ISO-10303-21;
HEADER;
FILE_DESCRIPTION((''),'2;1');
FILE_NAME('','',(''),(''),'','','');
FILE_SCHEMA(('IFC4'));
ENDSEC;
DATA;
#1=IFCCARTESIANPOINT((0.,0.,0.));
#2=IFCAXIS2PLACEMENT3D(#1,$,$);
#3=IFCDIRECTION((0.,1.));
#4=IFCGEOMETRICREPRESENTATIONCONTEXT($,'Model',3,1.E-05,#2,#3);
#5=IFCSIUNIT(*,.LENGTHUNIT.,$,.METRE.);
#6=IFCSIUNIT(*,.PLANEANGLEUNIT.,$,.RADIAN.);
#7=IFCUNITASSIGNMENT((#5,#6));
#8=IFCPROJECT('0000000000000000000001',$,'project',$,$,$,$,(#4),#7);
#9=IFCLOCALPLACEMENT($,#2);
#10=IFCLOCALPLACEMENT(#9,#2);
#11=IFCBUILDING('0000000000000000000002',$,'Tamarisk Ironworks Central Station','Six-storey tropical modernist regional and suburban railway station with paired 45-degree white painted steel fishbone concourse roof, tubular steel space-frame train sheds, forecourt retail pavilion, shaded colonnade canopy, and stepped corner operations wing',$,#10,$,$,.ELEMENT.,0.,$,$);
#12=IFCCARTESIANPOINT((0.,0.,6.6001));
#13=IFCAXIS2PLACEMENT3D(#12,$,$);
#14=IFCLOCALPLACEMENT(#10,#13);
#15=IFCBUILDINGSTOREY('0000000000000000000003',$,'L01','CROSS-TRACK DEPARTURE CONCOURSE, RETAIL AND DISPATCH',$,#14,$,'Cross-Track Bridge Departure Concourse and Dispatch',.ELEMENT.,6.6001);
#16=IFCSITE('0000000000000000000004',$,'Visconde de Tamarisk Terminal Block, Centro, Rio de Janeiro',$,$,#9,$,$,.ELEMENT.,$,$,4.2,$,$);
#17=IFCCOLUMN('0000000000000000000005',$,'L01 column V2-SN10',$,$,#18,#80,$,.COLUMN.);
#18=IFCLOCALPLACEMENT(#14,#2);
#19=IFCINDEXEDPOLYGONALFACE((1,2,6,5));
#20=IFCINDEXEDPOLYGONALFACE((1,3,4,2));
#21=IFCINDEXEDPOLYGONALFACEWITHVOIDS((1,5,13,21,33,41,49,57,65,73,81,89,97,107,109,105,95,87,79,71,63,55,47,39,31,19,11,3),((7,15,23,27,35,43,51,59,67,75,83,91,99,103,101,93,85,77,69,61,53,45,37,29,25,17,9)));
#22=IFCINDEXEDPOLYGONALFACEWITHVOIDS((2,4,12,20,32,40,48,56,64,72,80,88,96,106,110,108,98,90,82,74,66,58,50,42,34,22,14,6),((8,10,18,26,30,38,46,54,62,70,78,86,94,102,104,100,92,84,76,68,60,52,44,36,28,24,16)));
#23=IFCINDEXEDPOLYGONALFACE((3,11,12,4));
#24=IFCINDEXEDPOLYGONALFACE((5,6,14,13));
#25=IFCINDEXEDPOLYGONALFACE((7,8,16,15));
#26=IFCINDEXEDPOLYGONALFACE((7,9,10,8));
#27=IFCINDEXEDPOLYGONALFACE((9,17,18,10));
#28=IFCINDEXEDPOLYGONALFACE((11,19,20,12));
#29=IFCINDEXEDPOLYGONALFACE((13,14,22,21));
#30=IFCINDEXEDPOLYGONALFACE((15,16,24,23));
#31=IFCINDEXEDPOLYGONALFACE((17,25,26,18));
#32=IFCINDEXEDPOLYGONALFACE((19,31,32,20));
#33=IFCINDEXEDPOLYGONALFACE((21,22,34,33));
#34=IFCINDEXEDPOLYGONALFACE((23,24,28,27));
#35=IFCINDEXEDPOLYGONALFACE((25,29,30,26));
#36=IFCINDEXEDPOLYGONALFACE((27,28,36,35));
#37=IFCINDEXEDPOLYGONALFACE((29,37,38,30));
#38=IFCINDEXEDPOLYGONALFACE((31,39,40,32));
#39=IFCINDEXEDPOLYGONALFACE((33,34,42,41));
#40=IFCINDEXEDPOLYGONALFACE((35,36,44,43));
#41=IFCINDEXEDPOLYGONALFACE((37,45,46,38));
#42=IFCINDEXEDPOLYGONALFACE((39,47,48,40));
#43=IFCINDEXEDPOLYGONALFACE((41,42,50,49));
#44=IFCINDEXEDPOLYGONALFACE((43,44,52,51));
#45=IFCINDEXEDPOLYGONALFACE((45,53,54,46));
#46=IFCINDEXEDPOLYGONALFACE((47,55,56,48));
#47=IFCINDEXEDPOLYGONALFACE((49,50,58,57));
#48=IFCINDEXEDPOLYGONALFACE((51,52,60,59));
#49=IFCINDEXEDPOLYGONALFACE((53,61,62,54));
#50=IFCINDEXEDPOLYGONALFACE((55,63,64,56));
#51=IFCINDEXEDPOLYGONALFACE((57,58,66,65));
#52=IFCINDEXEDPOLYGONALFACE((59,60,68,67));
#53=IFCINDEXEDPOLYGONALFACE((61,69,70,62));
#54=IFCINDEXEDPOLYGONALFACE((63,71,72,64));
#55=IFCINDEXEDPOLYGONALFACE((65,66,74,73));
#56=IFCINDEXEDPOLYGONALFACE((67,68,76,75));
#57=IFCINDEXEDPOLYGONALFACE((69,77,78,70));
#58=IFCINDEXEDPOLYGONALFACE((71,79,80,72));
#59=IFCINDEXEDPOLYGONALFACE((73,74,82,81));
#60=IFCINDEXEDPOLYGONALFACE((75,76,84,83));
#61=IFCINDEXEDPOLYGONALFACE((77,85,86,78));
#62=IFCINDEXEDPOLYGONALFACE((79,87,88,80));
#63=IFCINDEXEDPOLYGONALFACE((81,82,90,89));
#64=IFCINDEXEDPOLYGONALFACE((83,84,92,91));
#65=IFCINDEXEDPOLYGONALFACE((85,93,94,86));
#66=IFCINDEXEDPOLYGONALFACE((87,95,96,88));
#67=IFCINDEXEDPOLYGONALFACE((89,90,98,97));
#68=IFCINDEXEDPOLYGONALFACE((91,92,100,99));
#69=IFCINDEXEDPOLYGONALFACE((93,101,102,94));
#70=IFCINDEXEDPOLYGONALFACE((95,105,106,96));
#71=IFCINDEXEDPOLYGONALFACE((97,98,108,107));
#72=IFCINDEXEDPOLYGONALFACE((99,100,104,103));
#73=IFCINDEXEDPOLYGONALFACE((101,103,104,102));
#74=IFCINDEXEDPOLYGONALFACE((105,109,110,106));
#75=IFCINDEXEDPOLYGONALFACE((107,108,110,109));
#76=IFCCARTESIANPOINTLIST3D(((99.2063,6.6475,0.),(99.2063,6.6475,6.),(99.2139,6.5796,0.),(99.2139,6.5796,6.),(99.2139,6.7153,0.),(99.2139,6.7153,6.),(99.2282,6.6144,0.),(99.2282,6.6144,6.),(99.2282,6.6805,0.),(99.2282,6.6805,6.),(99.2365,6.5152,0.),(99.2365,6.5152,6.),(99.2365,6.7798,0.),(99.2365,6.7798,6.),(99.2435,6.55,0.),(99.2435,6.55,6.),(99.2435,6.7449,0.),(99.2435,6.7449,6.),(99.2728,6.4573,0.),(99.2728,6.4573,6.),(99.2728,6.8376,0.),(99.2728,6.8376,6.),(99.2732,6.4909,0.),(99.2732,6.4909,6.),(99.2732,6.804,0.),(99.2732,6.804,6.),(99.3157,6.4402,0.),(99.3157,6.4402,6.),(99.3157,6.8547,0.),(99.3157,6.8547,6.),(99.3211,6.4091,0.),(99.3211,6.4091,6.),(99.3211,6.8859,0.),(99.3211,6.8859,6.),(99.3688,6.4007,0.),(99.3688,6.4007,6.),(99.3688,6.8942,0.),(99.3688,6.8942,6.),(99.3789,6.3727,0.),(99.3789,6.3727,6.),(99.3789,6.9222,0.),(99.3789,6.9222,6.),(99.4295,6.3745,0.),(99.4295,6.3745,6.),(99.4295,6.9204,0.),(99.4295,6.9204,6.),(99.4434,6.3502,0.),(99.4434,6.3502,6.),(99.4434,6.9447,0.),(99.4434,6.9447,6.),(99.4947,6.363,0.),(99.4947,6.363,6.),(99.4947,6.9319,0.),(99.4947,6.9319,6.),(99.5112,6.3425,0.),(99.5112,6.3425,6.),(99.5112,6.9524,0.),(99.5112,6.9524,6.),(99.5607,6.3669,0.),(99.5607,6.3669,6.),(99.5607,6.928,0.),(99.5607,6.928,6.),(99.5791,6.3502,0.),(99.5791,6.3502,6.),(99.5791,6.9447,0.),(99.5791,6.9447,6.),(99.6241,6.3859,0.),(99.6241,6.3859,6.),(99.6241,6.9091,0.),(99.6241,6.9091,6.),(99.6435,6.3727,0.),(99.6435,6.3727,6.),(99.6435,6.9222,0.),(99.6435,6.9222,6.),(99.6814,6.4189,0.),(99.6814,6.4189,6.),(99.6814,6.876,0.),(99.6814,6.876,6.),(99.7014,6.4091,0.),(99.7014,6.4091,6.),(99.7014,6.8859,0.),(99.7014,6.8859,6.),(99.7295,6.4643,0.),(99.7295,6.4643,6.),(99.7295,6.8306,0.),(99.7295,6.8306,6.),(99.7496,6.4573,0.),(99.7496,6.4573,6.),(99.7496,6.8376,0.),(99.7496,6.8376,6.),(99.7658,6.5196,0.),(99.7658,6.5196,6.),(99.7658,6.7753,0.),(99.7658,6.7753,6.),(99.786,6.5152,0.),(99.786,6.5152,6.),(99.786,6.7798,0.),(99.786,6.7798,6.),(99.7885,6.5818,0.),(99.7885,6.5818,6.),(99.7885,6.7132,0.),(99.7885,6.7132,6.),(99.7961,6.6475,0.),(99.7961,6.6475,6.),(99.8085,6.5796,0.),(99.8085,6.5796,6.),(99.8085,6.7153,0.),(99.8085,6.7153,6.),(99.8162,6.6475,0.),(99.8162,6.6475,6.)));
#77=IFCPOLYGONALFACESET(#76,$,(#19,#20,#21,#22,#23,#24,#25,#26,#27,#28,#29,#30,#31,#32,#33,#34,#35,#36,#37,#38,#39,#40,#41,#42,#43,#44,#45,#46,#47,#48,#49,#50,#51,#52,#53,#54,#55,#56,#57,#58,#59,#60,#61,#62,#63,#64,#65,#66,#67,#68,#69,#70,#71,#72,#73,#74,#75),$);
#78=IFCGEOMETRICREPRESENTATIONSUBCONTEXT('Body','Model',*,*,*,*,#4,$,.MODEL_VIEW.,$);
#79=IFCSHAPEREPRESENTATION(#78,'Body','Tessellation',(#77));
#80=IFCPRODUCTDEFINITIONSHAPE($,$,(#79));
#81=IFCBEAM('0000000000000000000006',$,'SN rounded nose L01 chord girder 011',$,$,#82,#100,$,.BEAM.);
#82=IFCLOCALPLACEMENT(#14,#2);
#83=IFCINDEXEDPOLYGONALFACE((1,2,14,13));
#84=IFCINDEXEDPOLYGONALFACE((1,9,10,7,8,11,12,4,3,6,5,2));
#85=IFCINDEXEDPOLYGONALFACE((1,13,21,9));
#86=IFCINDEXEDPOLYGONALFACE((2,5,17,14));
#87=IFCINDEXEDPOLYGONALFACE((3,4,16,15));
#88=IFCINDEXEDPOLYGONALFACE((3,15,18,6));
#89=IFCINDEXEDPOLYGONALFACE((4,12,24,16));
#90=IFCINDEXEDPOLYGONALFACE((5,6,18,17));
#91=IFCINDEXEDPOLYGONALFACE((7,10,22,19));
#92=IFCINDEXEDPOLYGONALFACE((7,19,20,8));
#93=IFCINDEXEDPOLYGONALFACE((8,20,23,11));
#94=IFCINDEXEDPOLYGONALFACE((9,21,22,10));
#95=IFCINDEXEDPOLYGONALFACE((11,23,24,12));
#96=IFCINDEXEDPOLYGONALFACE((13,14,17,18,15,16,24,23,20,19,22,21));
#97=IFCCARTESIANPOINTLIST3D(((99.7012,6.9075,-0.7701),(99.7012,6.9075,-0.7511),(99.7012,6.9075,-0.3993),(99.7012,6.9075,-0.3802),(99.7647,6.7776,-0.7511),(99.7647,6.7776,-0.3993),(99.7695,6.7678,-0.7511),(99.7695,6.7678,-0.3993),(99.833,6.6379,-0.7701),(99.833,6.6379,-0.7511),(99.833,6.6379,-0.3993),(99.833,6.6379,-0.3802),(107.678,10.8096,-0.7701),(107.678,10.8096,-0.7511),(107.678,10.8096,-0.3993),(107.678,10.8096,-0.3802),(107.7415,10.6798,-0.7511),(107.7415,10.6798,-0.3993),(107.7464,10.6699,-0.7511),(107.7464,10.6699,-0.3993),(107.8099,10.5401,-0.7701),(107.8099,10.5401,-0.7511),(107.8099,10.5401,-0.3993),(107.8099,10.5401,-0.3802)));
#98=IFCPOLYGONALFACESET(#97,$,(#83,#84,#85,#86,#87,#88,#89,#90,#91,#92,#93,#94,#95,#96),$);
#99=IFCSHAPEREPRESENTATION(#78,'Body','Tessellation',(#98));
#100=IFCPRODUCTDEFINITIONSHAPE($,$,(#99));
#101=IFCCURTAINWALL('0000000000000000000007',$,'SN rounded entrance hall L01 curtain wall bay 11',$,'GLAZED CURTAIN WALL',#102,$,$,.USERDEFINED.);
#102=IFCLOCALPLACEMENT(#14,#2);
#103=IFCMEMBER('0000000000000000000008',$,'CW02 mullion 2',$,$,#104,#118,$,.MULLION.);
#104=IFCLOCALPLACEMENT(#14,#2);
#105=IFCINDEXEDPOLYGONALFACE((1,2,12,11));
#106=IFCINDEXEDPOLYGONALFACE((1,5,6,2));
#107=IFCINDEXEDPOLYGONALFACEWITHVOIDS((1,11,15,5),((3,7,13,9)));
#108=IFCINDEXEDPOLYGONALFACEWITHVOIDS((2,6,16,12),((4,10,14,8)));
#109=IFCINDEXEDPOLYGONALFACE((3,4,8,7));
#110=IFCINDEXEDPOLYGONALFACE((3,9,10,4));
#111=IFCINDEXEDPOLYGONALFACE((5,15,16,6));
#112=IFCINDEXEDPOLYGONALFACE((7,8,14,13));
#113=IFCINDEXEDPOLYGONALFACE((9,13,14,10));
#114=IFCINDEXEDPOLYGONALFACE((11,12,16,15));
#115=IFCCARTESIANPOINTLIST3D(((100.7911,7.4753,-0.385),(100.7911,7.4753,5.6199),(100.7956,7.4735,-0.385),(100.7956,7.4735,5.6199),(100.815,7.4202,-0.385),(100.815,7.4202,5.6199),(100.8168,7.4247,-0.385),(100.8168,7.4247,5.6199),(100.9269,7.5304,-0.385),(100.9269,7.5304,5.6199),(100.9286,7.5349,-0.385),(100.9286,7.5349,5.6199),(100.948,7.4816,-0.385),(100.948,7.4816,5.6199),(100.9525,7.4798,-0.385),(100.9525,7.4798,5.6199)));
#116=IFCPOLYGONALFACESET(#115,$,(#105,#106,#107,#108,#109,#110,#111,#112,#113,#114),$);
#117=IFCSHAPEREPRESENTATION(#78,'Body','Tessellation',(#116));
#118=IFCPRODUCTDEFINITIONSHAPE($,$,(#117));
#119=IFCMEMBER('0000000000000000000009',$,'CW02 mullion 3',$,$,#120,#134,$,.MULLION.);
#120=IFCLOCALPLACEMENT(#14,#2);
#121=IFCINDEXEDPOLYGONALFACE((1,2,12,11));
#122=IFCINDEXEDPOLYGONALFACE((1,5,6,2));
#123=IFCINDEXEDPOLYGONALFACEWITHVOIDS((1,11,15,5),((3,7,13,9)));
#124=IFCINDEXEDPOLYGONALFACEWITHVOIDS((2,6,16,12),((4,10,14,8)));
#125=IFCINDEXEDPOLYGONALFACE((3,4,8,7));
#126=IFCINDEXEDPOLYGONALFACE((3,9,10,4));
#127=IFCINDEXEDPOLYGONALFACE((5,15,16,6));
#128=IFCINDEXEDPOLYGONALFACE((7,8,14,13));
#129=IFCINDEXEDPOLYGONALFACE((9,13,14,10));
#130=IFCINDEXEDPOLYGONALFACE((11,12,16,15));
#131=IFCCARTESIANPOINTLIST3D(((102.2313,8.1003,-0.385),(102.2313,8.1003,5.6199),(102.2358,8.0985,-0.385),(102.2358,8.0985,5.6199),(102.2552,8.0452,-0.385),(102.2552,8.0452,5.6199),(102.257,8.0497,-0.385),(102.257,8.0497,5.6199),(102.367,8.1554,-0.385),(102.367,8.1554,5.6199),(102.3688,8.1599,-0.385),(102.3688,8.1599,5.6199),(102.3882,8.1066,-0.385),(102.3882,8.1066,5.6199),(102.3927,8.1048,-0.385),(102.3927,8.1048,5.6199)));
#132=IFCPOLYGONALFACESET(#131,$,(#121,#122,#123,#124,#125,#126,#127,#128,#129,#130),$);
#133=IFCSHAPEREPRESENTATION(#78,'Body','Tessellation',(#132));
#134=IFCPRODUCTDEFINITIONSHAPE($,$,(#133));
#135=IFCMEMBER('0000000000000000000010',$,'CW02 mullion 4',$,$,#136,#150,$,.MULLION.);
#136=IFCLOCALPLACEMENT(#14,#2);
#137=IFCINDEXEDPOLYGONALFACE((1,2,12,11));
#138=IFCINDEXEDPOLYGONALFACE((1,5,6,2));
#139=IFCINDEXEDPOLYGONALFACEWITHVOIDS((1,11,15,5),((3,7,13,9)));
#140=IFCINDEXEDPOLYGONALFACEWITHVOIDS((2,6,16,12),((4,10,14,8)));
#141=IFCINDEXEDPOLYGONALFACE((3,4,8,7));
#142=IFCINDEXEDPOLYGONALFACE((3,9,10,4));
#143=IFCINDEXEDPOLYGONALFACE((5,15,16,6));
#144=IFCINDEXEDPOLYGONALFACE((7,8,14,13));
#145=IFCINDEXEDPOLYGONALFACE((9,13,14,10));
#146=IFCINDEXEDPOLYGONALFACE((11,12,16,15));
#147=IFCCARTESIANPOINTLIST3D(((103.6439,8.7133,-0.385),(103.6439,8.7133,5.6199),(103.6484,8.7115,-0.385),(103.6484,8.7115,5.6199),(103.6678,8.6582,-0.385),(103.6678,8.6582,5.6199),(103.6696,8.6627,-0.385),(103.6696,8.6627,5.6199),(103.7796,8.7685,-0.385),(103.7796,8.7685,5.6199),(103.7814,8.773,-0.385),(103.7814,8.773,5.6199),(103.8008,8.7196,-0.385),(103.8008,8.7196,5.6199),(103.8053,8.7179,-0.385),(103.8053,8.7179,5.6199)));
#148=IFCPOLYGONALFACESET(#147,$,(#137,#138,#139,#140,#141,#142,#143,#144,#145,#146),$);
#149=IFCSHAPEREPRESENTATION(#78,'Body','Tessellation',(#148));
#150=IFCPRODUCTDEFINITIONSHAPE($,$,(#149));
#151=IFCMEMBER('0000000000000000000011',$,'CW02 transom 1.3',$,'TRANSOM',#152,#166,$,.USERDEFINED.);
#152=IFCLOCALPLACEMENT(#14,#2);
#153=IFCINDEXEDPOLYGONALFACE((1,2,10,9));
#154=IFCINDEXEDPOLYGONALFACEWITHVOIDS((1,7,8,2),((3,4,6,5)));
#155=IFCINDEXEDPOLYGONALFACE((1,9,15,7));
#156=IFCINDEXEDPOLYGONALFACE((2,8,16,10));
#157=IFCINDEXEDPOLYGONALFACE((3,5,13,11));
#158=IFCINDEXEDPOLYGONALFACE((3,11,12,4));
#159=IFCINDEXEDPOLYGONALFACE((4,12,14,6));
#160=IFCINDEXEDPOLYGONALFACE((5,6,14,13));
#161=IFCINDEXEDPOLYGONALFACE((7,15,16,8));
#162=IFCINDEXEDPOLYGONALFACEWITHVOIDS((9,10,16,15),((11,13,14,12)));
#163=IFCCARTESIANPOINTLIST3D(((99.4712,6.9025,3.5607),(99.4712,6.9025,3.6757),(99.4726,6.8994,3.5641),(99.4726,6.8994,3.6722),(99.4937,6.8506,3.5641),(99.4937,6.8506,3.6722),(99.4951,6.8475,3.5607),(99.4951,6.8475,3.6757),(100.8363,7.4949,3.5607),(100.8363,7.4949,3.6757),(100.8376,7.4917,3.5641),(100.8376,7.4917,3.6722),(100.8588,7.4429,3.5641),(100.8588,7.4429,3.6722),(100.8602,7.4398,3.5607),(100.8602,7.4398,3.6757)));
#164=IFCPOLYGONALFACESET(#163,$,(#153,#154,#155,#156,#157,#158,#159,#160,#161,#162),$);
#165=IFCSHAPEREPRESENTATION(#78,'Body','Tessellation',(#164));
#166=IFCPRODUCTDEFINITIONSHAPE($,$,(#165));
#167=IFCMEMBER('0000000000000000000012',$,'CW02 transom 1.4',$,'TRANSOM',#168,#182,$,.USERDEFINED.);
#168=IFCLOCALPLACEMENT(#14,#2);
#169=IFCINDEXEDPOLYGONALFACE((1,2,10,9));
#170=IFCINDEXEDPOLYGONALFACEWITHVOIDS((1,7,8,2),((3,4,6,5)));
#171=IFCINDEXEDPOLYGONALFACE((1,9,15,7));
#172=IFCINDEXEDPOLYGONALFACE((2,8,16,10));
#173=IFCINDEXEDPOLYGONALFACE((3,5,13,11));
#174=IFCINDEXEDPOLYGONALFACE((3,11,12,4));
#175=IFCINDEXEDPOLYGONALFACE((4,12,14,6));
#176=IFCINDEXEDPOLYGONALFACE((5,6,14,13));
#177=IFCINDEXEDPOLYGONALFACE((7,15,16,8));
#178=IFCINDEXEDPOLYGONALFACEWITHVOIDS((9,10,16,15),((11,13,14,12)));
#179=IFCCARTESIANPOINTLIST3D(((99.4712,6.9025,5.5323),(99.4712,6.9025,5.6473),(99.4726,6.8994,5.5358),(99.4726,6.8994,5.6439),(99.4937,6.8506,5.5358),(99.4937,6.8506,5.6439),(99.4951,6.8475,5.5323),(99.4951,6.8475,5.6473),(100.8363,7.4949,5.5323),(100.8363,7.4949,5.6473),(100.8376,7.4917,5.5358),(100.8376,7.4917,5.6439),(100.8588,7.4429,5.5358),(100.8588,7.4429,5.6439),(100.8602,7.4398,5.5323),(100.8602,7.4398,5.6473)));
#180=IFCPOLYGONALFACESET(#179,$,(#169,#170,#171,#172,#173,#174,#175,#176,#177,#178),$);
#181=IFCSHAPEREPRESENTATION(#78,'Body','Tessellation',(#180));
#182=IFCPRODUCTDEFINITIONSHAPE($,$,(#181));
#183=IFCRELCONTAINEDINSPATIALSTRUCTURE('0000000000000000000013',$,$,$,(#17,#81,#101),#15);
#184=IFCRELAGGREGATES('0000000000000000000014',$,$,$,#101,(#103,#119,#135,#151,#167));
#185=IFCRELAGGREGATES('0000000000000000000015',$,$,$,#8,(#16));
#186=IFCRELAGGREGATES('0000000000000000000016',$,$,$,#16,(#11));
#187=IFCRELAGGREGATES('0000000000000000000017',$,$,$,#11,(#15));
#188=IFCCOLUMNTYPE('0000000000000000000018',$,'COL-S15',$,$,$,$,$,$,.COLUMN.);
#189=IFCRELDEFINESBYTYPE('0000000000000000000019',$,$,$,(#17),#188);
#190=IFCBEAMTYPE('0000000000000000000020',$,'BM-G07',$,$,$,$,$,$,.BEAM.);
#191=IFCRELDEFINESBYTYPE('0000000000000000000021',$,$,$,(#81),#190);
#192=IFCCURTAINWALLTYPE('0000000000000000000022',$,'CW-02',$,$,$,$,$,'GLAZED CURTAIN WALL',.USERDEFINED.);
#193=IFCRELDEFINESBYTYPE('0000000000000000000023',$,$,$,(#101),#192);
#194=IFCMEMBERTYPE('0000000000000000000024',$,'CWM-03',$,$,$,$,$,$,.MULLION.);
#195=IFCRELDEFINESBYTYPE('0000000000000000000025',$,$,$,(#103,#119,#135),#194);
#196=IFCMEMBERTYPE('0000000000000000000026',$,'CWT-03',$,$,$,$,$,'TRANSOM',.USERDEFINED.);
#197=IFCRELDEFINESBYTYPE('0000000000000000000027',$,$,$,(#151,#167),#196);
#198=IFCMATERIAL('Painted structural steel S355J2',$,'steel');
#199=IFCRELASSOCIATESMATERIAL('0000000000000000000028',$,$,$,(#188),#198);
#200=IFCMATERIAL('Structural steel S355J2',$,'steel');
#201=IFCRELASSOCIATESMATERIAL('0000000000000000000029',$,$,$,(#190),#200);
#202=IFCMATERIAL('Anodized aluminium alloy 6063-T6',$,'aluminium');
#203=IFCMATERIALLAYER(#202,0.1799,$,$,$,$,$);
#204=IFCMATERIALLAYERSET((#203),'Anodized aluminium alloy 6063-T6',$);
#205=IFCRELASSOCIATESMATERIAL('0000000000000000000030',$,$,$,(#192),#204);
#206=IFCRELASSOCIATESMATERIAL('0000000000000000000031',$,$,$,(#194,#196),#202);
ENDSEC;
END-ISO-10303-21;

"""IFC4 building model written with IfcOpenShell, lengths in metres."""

from ifc_helpers import new_model, si_unit, direction, frame, origin, origin_2d, place, context, subcontext, project, spatial, hollow_rectangle, hollow_circle, i_section, extrude, material, layer, layer_set, material_profile, profile_set, type_object, element, aggregate, save


model = new_model("IFC4")

# Units and contexts
model_context = context("Model", 3, precision=1e-05, world=origin(), true_north=direction((0.0, 1.0)))
body_context = subcontext(model_context, "Body", "Model", "MODEL_VIEW")
ifc_project = project(units=[si_unit("LENGTHUNIT", "METRE"), si_unit("PLANEANGLEUNIT", "RADIAN")], contexts=[model_context])

# Site, building, storey
site_placement = place(None, origin())
site = spatial("IfcSite", under=ifc_project, at=site_placement, Name="Visconde de Tamarisk Terminal Block, Centro, Rio de Janeiro", CompositionType="ELEMENT", RefElevation=4.2)
building_placement = place(site_placement, origin())
building = spatial("IfcBuilding", under=site, at=building_placement, Name="Tamarisk Ironworks Central Station", Description="Six-storey tropical modernist regional and suburban railway station with paired 45-degree white painted steel fishbone concourse roof, tubular steel space-frame train sheds, forecourt retail pavilion, shaded colonnade canopy, and stepped corner operations wing", CompositionType="ELEMENT", ElevationOfRefHeight=0.0)
storey_placement = place(building_placement, frame((0.0, 0.0, 6.6001)))
storey = spatial("IfcBuildingStorey", under=building, at=storey_placement, Name="L01", Description="CROSS-TRACK DEPARTURE CONCOURSE, RETAIL AND DISPATCH", LongName="Cross-Track Bridge Departure Concourse and Dispatch", CompositionType="ELEMENT", Elevation=6.6001)

# Column
ifc_material_1 = material(Name="Painted structural steel S355J2", Category="steel")
ifc_material_profile_1 = material_profile(ifc_material_1, hollow_circle(Radius=0.3049, WallThickness=0.02, at=origin_2d()), Name="CHS 610x20")
ifc_profile_set_1 = profile_set([ifc_material_profile_1], Name="Painted structural steel S355J2")
column_type = type_object("IfcColumnType", Name="COL-S15", PredefinedType="COLUMN", material=ifc_profile_set_1)
column_placement = place(storey_placement, frame((99.5112, 6.6475, 0.0), z_axis=(0.0, 0.0, 1.0), x_axis=(1.0, 0.0, 0.0)))
element("IfcColumn", 1, at=column_placement, inside=storey, type_object=column_type, Name="L01 column V2-SN10", PredefinedType="COLUMN", context=body_context, shape_type="SweptSolid", body=[
    extrude(hollow_circle(Radius=0.3049, WallThickness=0.02, at=origin_2d()), origin(), (0.0, 0.0, 1.0), 6.0),
])

# Beam
ifc_material_2 = material(Name="Structural steel S355J2", Category="steel")
ifc_material_profile_2 = material_profile(ifc_material_2, i_section(OverallWidth=0.3, OverallDepth=0.3899, WebThickness=0.011, FlangeThickness=0.019, at=origin_2d()), Name="HEA 400")
ifc_profile_set_2 = profile_set([ifc_material_profile_2], Name="Structural steel S355J2")
beam_type = type_object("IfcBeamType", Name="BM-G07", PredefinedType="BEAM", material=ifc_profile_set_2)
beam_placement = place(storey_placement, frame((99.7671, 6.7727, -0.5752), z_axis=(0.898281, 0.439422, 0.0), x_axis=(-0.439422, 0.898281, 0.0)))
element("IfcBeam", 2, at=beam_placement, inside=storey, type_object=beam_type, Name="SN rounded nose L01 chord girder 011", PredefinedType="BEAM", context=body_context, shape_type="SweptSolid", body=[
    extrude(i_section(OverallWidth=0.3, OverallDepth=0.3899, WebThickness=0.011, FlangeThickness=0.019, at=origin_2d()), origin(), (0.0, 0.0, 1.0), 8.8801),
])

# Curtain wall, members
ifc_material_3 = material(Name="Anodized aluminium alloy 6063-T6", Category="aluminium")
ifc_layer_1 = layer(ifc_material_3, 0.1799)
ifc_layer_set_1 = layer_set([ifc_layer_1], Name="Anodized aluminium alloy 6063-T6")
curtain_wall_type = type_object("IfcCurtainWallType", Name="CW-02", ElementType="GLAZED CURTAIN WALL", PredefinedType="USERDEFINED", material=ifc_layer_set_1)
curtain_wall_placement = place(storey_placement, origin())
curtain_wall = element("IfcCurtainWall", 3, at=curtain_wall_placement, inside=storey, type_object=curtain_wall_type, Name="SN rounded entrance hall L01 curtain wall bay 11", ObjectType="GLAZED CURTAIN WALL", PredefinedType="USERDEFINED")
ifc_material_profile_3 = material_profile(ifc_material_3, hollow_rectangle(XDim=0.0601, YDim=0.1499, WallThickness=0.0034, at=origin_2d()), Name="ALUM 150x60")
ifc_profile_set_3 = profile_set([ifc_material_profile_3], Name="Anodized aluminium alloy 6063-T6")
member_type_1 = type_object("IfcMemberType", Name="CWM-03", PredefinedType="MULLION", material=ifc_profile_set_3)
member_1_placement = place(storey_placement, frame((100.8718, 7.4775, -0.385), z_axis=(0.0, 0.0, 1.0), x_axis=(-0.398077, 0.917352, 0.0)))
member_1 = element("IfcMember", 4, at=member_1_placement, type_object=member_type_1, Name="CW02 mullion 2", PredefinedType="MULLION", context=body_context, shape_type="SweptSolid", body=[
    extrude(hollow_rectangle(XDim=0.0601, YDim=0.1499, WallThickness=0.0034, at=origin_2d()), origin(), (0.0, 0.0, 1.0), 6.0049),
])
member_2_placement = place(storey_placement, frame((102.312, 8.1025, -0.385), z_axis=(0.0, 0.0, 1.0), x_axis=(-0.398077, 0.917352, 0.0)))
member_2 = element("IfcMember", 5, at=member_2_placement, type_object=member_type_1, Name="CW02 mullion 3", PredefinedType="MULLION", context=body_context, shape_type="SweptSolid", body=[
    extrude(hollow_rectangle(XDim=0.0601, YDim=0.1499, WallThickness=0.0034, at=origin_2d()), origin(), (0.0, 0.0, 1.0), 6.0049),
])
member_3_placement = place(storey_placement, frame((103.7246, 8.7156, -0.385), z_axis=(0.0, 0.0, 1.0), x_axis=(-0.398077, 0.917352, 0.0)))
member_3 = element("IfcMember", 6, at=member_3_placement, type_object=member_type_1, Name="CW02 mullion 4", PredefinedType="MULLION", context=body_context, shape_type="SweptSolid", body=[
    extrude(hollow_rectangle(XDim=0.0601, YDim=0.1499, WallThickness=0.0034, at=origin_2d()), origin(), (0.0, 0.0, 1.0), 6.0049),
])
ifc_material_profile_4 = material_profile(ifc_material_3, hollow_rectangle(XDim=0.0601, YDim=0.115, WallThickness=0.0034, at=origin_2d()), Name="ALUM 115x60")
ifc_profile_set_4 = profile_set([ifc_material_profile_4], Name="Anodized aluminium alloy 6063-T6")
member_type_2 = type_object("IfcMemberType", Name="CWT-03", ElementType="TRANSOM", PredefinedType="USERDEFINED", material=ifc_profile_set_4)
member_4_placement = place(storey_placement, frame((99.4832, 6.875, 3.6182), z_axis=(0.917362, 0.398054, 0.0), x_axis=(-0.398054, 0.917362, 0.0)))
member_4 = element("IfcMember", 7, at=member_4_placement, type_object=member_type_2, Name="CW02 transom 1.3", ObjectType="TRANSOM", PredefinedType="USERDEFINED", context=body_context, shape_type="SweptSolid", body=[
    extrude(hollow_rectangle(XDim=0.0601, YDim=0.115, WallThickness=0.0034, at=origin_2d()), origin(), (0.0, 0.0, 1.0), 1.488),
])
member_5_placement = place(storey_placement, frame((99.4832, 6.875, 5.5898), z_axis=(0.917362, 0.398054, 0.0), x_axis=(-0.398054, 0.917362, 0.0)))
member_5 = element("IfcMember", 8, at=member_5_placement, type_object=member_type_2, Name="CW02 transom 1.4", ObjectType="TRANSOM", PredefinedType="USERDEFINED", context=body_context, shape_type="SweptSolid", body=[
    extrude(hollow_rectangle(XDim=0.0601, YDim=0.115, WallThickness=0.0034, at=origin_2d()), origin(), (0.0, 0.0, 1.0), 1.488),
])
aggregate(curtain_wall, [member_1, member_2, member_3, member_4, member_5])

save(model, "model.ifc")
